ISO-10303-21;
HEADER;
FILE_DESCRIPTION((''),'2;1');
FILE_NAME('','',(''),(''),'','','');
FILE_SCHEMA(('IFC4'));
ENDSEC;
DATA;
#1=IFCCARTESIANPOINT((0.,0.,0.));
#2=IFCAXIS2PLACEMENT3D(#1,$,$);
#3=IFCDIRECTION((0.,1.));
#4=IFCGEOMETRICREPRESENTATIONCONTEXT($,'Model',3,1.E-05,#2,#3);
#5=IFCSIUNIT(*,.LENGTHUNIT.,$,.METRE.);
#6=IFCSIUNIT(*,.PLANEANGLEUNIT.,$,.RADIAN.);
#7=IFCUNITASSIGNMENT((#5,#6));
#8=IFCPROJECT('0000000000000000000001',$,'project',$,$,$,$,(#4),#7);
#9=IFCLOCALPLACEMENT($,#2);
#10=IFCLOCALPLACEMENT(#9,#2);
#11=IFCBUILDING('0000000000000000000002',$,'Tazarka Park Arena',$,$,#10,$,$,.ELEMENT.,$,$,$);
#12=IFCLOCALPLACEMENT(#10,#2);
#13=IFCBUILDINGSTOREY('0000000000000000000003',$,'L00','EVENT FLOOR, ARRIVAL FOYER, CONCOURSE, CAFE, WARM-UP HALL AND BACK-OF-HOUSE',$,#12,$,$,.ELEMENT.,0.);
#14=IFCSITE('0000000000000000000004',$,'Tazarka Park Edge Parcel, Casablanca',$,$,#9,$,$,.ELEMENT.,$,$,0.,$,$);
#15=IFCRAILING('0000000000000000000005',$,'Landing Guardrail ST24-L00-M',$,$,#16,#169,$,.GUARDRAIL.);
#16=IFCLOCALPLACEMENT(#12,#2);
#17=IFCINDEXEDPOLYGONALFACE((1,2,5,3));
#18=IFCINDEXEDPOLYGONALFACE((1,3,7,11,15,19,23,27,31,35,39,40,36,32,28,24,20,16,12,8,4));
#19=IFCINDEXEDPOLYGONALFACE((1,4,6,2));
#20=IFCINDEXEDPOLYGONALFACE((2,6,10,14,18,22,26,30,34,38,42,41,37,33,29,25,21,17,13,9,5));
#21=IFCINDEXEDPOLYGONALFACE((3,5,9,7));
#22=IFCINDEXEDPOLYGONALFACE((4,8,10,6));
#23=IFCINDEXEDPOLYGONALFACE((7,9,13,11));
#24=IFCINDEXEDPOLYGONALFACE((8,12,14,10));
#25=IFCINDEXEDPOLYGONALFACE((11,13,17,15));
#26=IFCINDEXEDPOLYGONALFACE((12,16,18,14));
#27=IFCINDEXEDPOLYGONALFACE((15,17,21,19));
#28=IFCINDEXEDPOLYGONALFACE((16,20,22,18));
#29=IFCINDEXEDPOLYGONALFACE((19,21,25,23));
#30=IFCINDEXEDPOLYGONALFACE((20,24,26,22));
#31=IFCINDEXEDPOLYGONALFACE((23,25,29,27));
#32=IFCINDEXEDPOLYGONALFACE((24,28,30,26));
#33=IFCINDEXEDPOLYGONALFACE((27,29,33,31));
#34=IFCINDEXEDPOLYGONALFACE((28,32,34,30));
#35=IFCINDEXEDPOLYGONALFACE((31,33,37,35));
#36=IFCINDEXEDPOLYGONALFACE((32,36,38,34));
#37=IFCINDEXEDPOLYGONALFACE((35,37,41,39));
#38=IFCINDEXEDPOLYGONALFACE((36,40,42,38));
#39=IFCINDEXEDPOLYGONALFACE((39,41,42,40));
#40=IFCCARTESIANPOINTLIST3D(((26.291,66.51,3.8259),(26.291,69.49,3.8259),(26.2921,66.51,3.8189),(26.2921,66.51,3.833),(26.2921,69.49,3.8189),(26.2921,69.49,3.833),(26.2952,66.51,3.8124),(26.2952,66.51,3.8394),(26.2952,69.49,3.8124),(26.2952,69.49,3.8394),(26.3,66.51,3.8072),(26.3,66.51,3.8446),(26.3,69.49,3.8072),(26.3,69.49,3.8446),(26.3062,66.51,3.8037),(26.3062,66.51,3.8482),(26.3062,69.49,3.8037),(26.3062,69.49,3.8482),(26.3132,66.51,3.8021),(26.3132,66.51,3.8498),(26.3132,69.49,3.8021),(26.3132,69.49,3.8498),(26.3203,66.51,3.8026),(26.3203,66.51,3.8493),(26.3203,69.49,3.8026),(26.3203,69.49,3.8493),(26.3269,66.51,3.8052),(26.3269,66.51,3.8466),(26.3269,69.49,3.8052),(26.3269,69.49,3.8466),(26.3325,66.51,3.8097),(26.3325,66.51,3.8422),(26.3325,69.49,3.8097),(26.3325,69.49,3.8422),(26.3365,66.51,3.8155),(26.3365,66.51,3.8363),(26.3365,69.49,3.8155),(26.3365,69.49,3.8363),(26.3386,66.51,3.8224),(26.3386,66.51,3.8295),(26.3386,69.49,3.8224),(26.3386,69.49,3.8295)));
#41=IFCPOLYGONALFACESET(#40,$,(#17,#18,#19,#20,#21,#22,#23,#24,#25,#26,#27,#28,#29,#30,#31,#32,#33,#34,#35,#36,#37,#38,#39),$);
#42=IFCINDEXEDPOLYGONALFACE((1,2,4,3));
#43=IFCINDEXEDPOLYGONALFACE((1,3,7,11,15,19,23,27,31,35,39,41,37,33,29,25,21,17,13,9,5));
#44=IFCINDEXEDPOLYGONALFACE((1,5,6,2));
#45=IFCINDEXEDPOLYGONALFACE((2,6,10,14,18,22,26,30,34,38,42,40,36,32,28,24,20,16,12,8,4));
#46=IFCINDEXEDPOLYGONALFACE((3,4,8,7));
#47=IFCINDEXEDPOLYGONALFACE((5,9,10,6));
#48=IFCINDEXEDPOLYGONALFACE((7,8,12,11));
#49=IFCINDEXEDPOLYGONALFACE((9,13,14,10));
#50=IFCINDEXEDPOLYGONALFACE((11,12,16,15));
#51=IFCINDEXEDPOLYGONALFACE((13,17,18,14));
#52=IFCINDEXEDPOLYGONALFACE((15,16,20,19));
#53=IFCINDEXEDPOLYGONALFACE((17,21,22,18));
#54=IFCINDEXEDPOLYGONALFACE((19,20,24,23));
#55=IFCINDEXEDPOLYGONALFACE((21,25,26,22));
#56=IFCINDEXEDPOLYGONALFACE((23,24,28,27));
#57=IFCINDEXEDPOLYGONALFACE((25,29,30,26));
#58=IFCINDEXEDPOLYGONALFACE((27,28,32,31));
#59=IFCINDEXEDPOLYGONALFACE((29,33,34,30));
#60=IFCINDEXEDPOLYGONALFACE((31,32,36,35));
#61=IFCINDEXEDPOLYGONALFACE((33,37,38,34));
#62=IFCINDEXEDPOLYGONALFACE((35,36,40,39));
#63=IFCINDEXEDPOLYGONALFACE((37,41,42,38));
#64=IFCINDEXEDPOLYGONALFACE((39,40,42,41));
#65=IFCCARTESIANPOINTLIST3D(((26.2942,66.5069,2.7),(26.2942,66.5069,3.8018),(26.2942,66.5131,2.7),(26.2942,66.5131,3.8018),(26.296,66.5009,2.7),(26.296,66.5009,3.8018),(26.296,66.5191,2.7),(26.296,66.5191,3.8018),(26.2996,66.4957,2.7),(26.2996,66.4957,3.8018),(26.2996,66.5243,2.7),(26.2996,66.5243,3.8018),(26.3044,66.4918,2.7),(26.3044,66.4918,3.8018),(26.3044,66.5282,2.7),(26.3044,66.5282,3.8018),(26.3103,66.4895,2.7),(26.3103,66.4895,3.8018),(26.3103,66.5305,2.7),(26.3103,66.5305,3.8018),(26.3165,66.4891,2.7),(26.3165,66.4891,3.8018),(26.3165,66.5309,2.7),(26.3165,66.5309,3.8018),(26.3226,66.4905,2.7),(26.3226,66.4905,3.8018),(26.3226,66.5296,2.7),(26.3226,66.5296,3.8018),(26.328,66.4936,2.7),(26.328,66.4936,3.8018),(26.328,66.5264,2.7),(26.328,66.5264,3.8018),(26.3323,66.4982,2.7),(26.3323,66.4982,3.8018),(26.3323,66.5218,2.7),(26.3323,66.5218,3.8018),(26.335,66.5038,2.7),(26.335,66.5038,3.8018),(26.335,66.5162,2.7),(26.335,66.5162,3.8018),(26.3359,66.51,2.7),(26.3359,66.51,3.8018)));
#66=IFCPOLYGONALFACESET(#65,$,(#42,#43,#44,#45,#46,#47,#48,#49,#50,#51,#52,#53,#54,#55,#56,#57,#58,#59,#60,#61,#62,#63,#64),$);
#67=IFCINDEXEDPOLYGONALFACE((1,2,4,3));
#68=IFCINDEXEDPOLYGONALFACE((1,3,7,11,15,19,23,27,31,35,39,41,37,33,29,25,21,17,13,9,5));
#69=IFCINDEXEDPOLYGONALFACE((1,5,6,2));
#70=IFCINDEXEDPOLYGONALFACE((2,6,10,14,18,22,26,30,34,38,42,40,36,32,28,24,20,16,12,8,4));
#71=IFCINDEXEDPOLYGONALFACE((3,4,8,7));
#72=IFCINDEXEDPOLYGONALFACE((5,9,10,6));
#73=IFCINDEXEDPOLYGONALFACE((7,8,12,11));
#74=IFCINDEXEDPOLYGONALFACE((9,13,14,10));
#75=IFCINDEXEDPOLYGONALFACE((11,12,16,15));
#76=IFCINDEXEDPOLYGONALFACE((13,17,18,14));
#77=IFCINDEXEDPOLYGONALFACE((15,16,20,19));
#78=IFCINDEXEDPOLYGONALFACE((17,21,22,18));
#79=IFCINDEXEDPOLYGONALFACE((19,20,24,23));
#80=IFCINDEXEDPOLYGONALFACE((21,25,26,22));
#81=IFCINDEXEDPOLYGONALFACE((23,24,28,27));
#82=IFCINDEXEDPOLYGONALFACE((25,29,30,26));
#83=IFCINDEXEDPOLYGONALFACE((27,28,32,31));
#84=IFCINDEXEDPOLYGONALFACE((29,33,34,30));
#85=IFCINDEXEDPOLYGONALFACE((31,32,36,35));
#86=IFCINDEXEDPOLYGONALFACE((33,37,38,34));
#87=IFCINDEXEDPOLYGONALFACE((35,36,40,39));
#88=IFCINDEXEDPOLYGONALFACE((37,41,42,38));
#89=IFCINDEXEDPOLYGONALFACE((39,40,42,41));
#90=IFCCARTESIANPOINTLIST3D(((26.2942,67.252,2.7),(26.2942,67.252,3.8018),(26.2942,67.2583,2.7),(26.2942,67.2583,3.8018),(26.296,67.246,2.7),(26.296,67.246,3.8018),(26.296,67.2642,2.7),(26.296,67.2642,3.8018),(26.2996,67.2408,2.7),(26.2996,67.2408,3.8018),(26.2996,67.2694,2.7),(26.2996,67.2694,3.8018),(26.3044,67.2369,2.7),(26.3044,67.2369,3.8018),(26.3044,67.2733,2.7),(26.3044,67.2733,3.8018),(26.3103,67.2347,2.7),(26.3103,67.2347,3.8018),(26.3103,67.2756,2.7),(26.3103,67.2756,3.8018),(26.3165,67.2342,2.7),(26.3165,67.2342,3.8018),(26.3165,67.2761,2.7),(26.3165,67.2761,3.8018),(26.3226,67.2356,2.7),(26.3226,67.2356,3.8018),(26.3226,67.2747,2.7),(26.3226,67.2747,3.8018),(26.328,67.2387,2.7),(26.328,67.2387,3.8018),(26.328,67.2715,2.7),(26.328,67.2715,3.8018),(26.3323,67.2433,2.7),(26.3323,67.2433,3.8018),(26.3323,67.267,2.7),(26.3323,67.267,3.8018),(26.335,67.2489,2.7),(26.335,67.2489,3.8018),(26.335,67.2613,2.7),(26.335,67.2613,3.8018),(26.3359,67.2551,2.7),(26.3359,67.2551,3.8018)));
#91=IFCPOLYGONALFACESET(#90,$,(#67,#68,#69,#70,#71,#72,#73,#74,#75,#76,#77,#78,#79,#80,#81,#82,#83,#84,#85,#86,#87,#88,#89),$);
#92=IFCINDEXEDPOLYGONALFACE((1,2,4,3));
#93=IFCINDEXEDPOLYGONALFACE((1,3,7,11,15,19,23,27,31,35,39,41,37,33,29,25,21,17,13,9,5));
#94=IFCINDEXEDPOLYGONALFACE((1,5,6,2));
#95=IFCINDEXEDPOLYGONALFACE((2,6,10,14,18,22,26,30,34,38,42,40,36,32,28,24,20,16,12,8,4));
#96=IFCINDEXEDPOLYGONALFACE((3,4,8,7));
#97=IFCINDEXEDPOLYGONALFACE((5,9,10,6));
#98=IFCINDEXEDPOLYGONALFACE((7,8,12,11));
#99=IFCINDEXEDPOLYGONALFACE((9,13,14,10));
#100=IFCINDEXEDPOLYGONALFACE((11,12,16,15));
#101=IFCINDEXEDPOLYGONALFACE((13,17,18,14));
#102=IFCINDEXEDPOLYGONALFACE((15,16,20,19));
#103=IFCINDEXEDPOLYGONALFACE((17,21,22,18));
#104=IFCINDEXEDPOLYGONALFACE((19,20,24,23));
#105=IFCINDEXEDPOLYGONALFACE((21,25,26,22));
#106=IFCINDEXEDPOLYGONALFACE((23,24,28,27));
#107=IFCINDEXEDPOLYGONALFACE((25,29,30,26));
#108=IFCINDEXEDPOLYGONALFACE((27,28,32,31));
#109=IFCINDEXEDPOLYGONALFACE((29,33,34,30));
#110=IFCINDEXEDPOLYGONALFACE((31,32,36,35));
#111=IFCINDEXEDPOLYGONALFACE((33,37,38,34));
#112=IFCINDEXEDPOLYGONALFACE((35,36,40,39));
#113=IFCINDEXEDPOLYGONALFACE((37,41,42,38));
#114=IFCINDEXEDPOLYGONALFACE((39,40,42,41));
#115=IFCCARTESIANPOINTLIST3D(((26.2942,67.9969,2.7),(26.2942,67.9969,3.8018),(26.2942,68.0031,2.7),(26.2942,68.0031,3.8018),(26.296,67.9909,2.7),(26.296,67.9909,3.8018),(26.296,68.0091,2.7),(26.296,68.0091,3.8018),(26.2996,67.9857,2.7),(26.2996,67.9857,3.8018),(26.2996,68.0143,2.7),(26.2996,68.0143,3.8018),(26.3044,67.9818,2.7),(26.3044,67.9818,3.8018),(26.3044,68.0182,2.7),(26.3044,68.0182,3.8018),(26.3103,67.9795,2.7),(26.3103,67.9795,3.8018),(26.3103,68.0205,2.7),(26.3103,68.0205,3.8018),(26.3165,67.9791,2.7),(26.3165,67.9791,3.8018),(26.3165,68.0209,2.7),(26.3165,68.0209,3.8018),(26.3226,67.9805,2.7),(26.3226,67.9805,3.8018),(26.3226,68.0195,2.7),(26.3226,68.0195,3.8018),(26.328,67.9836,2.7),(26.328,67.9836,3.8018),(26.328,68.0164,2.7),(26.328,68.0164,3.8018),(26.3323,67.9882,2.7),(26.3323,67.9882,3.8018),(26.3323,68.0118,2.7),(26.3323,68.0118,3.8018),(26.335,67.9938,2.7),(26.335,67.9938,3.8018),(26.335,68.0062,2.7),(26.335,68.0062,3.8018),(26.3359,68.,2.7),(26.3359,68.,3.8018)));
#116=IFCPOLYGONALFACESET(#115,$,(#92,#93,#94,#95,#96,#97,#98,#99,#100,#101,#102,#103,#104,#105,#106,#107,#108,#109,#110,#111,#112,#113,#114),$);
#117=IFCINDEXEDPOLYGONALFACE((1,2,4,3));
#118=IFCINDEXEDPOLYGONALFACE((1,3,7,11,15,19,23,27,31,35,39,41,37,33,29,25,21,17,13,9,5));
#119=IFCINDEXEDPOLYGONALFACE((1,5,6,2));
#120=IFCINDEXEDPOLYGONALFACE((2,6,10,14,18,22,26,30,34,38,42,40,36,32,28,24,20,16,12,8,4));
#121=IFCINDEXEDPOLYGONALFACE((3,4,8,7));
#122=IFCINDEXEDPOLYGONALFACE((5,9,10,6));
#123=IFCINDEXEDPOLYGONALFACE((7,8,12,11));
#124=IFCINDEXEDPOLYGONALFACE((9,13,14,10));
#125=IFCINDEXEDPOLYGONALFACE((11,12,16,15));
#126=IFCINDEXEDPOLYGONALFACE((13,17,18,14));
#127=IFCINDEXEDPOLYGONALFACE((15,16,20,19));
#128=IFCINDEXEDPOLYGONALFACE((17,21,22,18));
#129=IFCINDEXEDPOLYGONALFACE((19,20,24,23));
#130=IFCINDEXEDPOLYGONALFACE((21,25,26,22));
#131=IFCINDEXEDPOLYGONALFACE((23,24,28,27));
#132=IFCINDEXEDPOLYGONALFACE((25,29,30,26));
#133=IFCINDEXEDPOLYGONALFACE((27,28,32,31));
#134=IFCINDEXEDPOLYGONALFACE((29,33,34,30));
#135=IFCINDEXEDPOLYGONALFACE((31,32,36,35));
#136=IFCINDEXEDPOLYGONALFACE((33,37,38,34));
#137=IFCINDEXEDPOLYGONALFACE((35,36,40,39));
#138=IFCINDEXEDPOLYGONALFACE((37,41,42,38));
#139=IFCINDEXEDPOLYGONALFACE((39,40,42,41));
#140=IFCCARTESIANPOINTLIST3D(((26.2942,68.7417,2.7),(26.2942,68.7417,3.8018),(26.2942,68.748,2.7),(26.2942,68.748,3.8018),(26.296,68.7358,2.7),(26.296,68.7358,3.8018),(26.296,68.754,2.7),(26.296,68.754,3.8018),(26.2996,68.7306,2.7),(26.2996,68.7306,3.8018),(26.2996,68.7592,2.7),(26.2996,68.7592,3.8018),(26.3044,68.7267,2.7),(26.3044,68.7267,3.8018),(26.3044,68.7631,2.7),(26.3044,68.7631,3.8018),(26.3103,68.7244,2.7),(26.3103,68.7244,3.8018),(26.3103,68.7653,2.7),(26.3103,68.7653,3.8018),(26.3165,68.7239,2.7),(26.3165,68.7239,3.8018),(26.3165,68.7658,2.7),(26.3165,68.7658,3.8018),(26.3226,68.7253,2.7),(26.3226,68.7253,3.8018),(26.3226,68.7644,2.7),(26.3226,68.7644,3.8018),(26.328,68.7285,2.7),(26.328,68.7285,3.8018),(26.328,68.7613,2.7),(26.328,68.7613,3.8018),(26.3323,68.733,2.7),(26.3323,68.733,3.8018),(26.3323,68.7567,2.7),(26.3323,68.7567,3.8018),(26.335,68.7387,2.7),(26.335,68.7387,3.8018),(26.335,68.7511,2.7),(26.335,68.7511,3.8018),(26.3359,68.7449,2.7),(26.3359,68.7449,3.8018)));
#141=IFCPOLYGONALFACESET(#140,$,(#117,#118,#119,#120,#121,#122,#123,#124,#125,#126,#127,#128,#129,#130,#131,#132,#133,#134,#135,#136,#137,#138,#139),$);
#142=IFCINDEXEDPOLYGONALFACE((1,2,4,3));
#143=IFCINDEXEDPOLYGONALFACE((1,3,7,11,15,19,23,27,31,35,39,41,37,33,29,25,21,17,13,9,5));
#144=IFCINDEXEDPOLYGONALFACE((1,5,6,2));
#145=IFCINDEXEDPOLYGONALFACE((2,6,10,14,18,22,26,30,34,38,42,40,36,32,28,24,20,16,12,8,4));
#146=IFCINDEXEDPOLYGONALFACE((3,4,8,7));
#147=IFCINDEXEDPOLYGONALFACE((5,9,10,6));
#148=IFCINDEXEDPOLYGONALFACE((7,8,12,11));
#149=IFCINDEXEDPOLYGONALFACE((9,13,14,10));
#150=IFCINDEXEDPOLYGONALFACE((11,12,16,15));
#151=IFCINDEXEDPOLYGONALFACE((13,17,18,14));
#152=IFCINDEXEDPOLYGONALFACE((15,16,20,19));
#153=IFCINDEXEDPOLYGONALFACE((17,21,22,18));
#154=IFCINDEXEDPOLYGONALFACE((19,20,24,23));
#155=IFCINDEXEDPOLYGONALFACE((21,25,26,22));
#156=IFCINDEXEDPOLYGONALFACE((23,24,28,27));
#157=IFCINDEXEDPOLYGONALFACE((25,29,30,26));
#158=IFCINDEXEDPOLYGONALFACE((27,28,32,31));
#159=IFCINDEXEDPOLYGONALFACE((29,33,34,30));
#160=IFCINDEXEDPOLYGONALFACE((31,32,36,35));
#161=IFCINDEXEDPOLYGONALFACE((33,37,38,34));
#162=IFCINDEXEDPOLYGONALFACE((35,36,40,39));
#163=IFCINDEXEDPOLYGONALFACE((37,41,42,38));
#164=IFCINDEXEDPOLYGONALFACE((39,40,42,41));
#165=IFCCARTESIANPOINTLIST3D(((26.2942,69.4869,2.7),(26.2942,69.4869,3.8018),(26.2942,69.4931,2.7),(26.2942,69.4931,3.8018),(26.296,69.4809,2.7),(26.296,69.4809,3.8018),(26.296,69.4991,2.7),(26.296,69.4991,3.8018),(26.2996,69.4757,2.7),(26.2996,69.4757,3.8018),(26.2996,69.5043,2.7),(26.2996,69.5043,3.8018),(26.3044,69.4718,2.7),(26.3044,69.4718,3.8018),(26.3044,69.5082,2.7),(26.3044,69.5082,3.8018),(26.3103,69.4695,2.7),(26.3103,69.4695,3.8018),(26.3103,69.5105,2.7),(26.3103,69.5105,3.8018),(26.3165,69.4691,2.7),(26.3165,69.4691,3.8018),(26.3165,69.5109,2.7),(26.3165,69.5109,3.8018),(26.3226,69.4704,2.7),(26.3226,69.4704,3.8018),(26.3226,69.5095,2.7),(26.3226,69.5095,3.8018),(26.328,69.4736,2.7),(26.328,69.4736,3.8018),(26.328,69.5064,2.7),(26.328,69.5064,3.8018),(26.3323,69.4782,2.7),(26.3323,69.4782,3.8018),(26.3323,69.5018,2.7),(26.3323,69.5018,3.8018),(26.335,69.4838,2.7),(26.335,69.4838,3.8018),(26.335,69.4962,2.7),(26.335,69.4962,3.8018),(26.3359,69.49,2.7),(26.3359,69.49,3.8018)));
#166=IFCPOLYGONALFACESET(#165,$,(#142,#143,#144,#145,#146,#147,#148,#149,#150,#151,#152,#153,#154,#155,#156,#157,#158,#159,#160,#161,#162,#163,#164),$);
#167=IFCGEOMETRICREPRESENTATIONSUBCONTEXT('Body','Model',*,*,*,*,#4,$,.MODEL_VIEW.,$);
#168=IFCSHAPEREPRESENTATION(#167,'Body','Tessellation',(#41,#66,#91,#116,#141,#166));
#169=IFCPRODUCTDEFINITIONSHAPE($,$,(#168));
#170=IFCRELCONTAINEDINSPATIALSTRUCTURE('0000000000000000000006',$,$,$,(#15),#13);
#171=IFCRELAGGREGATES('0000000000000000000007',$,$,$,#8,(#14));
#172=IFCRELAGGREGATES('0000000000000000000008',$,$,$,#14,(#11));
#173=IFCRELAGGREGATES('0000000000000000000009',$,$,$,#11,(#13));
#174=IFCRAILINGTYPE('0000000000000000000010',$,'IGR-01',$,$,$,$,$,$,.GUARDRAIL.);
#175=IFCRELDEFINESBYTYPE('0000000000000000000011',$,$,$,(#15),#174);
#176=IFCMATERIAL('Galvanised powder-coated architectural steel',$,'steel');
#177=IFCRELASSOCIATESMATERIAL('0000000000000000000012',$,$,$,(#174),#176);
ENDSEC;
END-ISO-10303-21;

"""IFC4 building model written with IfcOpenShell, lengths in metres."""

from ifc_helpers import new_model, si_unit, direction, frame, origin, origin_2d, place, context, subcontext, project, spatial, circle, extrude, material, type_object, element, save


model = new_model("IFC4")

# Units and contexts
model_context = context("Model", 3, precision=1e-05, world=origin(), true_north=direction((0.0, 1.0)))
body_context = subcontext(model_context, "Body", "Model", "MODEL_VIEW")
ifc_project = project(units=[si_unit("LENGTHUNIT", "METRE"), si_unit("PLANEANGLEUNIT", "RADIAN")], contexts=[model_context])

# Site, building, storey
site_placement = place(None, origin())
site = spatial("IfcSite", under=ifc_project, at=site_placement, Name="Tazarka Park Edge Parcel, Casablanca", CompositionType="ELEMENT", RefElevation=0.0)
building_placement = place(site_placement, origin())
building = spatial("IfcBuilding", under=site, at=building_placement, Name="Tazarka Park Arena", CompositionType="ELEMENT")
storey_placement = place(building_placement, origin())
storey = spatial("IfcBuildingStorey", under=building, at=storey_placement, Name="L00", Description="EVENT FLOOR, ARRIVAL FOYER, CONCOURSE, CAFE, WARM-UP HALL AND BACK-OF-HOUSE", CompositionType="ELEMENT", Elevation=0.0)

# Railing
ifc_material_1 = material(Name="Galvanised powder-coated architectural steel", Category="steel")
railing_type_1 = type_object("IfcRailingType", Name="IGR-01", PredefinedType="GUARDRAIL", material=ifc_material_1)
for number, where, name in (
    (1, (26.3149, 66.51, 2.7), "Landing Guardrail ST24-L00-M"),
):
    element("IfcRailing", number, at=place(storey_placement, frame(where)), inside=storey, type_object=railing_type_1, Name=name, PredefinedType="GUARDRAIL", context=body_context, shape_type="SweptSolid", body=[
        extrude(circle(Radius=0.0239, at=origin_2d()), frame((0.0, 0.0, 1.126), z_axis=(0.0, 1.0, 0.0), x_axis=(-1.0, 0.0, 0.0)), (0.0, 0.0, 1.0), 2.98),
        extrude(circle(Radius=0.021, at=origin_2d()), origin(), (0.0, 0.0, 1.0), 1.1018),
        extrude(circle(Radius=0.021, at=origin_2d()), frame((0.0, 0.7451, 0.0)), (0.0, 0.0, 1.0), 1.1018),
        extrude(circle(Radius=0.021, at=origin_2d()), frame((0.0, 1.49, 0.0)), (0.0, 0.0, 1.0), 1.1018),
        extrude(circle(Radius=0.021, at=origin_2d()), frame((0.0, 2.2349, 0.0)), (0.0, 0.0, 1.0), 1.1018),
        extrude(circle(Radius=0.021, at=origin_2d()), frame((0.0, 2.98, 0.0)), (0.0, 0.0, 1.0), 1.1018),
    ])

save(model, "model.ifc")
